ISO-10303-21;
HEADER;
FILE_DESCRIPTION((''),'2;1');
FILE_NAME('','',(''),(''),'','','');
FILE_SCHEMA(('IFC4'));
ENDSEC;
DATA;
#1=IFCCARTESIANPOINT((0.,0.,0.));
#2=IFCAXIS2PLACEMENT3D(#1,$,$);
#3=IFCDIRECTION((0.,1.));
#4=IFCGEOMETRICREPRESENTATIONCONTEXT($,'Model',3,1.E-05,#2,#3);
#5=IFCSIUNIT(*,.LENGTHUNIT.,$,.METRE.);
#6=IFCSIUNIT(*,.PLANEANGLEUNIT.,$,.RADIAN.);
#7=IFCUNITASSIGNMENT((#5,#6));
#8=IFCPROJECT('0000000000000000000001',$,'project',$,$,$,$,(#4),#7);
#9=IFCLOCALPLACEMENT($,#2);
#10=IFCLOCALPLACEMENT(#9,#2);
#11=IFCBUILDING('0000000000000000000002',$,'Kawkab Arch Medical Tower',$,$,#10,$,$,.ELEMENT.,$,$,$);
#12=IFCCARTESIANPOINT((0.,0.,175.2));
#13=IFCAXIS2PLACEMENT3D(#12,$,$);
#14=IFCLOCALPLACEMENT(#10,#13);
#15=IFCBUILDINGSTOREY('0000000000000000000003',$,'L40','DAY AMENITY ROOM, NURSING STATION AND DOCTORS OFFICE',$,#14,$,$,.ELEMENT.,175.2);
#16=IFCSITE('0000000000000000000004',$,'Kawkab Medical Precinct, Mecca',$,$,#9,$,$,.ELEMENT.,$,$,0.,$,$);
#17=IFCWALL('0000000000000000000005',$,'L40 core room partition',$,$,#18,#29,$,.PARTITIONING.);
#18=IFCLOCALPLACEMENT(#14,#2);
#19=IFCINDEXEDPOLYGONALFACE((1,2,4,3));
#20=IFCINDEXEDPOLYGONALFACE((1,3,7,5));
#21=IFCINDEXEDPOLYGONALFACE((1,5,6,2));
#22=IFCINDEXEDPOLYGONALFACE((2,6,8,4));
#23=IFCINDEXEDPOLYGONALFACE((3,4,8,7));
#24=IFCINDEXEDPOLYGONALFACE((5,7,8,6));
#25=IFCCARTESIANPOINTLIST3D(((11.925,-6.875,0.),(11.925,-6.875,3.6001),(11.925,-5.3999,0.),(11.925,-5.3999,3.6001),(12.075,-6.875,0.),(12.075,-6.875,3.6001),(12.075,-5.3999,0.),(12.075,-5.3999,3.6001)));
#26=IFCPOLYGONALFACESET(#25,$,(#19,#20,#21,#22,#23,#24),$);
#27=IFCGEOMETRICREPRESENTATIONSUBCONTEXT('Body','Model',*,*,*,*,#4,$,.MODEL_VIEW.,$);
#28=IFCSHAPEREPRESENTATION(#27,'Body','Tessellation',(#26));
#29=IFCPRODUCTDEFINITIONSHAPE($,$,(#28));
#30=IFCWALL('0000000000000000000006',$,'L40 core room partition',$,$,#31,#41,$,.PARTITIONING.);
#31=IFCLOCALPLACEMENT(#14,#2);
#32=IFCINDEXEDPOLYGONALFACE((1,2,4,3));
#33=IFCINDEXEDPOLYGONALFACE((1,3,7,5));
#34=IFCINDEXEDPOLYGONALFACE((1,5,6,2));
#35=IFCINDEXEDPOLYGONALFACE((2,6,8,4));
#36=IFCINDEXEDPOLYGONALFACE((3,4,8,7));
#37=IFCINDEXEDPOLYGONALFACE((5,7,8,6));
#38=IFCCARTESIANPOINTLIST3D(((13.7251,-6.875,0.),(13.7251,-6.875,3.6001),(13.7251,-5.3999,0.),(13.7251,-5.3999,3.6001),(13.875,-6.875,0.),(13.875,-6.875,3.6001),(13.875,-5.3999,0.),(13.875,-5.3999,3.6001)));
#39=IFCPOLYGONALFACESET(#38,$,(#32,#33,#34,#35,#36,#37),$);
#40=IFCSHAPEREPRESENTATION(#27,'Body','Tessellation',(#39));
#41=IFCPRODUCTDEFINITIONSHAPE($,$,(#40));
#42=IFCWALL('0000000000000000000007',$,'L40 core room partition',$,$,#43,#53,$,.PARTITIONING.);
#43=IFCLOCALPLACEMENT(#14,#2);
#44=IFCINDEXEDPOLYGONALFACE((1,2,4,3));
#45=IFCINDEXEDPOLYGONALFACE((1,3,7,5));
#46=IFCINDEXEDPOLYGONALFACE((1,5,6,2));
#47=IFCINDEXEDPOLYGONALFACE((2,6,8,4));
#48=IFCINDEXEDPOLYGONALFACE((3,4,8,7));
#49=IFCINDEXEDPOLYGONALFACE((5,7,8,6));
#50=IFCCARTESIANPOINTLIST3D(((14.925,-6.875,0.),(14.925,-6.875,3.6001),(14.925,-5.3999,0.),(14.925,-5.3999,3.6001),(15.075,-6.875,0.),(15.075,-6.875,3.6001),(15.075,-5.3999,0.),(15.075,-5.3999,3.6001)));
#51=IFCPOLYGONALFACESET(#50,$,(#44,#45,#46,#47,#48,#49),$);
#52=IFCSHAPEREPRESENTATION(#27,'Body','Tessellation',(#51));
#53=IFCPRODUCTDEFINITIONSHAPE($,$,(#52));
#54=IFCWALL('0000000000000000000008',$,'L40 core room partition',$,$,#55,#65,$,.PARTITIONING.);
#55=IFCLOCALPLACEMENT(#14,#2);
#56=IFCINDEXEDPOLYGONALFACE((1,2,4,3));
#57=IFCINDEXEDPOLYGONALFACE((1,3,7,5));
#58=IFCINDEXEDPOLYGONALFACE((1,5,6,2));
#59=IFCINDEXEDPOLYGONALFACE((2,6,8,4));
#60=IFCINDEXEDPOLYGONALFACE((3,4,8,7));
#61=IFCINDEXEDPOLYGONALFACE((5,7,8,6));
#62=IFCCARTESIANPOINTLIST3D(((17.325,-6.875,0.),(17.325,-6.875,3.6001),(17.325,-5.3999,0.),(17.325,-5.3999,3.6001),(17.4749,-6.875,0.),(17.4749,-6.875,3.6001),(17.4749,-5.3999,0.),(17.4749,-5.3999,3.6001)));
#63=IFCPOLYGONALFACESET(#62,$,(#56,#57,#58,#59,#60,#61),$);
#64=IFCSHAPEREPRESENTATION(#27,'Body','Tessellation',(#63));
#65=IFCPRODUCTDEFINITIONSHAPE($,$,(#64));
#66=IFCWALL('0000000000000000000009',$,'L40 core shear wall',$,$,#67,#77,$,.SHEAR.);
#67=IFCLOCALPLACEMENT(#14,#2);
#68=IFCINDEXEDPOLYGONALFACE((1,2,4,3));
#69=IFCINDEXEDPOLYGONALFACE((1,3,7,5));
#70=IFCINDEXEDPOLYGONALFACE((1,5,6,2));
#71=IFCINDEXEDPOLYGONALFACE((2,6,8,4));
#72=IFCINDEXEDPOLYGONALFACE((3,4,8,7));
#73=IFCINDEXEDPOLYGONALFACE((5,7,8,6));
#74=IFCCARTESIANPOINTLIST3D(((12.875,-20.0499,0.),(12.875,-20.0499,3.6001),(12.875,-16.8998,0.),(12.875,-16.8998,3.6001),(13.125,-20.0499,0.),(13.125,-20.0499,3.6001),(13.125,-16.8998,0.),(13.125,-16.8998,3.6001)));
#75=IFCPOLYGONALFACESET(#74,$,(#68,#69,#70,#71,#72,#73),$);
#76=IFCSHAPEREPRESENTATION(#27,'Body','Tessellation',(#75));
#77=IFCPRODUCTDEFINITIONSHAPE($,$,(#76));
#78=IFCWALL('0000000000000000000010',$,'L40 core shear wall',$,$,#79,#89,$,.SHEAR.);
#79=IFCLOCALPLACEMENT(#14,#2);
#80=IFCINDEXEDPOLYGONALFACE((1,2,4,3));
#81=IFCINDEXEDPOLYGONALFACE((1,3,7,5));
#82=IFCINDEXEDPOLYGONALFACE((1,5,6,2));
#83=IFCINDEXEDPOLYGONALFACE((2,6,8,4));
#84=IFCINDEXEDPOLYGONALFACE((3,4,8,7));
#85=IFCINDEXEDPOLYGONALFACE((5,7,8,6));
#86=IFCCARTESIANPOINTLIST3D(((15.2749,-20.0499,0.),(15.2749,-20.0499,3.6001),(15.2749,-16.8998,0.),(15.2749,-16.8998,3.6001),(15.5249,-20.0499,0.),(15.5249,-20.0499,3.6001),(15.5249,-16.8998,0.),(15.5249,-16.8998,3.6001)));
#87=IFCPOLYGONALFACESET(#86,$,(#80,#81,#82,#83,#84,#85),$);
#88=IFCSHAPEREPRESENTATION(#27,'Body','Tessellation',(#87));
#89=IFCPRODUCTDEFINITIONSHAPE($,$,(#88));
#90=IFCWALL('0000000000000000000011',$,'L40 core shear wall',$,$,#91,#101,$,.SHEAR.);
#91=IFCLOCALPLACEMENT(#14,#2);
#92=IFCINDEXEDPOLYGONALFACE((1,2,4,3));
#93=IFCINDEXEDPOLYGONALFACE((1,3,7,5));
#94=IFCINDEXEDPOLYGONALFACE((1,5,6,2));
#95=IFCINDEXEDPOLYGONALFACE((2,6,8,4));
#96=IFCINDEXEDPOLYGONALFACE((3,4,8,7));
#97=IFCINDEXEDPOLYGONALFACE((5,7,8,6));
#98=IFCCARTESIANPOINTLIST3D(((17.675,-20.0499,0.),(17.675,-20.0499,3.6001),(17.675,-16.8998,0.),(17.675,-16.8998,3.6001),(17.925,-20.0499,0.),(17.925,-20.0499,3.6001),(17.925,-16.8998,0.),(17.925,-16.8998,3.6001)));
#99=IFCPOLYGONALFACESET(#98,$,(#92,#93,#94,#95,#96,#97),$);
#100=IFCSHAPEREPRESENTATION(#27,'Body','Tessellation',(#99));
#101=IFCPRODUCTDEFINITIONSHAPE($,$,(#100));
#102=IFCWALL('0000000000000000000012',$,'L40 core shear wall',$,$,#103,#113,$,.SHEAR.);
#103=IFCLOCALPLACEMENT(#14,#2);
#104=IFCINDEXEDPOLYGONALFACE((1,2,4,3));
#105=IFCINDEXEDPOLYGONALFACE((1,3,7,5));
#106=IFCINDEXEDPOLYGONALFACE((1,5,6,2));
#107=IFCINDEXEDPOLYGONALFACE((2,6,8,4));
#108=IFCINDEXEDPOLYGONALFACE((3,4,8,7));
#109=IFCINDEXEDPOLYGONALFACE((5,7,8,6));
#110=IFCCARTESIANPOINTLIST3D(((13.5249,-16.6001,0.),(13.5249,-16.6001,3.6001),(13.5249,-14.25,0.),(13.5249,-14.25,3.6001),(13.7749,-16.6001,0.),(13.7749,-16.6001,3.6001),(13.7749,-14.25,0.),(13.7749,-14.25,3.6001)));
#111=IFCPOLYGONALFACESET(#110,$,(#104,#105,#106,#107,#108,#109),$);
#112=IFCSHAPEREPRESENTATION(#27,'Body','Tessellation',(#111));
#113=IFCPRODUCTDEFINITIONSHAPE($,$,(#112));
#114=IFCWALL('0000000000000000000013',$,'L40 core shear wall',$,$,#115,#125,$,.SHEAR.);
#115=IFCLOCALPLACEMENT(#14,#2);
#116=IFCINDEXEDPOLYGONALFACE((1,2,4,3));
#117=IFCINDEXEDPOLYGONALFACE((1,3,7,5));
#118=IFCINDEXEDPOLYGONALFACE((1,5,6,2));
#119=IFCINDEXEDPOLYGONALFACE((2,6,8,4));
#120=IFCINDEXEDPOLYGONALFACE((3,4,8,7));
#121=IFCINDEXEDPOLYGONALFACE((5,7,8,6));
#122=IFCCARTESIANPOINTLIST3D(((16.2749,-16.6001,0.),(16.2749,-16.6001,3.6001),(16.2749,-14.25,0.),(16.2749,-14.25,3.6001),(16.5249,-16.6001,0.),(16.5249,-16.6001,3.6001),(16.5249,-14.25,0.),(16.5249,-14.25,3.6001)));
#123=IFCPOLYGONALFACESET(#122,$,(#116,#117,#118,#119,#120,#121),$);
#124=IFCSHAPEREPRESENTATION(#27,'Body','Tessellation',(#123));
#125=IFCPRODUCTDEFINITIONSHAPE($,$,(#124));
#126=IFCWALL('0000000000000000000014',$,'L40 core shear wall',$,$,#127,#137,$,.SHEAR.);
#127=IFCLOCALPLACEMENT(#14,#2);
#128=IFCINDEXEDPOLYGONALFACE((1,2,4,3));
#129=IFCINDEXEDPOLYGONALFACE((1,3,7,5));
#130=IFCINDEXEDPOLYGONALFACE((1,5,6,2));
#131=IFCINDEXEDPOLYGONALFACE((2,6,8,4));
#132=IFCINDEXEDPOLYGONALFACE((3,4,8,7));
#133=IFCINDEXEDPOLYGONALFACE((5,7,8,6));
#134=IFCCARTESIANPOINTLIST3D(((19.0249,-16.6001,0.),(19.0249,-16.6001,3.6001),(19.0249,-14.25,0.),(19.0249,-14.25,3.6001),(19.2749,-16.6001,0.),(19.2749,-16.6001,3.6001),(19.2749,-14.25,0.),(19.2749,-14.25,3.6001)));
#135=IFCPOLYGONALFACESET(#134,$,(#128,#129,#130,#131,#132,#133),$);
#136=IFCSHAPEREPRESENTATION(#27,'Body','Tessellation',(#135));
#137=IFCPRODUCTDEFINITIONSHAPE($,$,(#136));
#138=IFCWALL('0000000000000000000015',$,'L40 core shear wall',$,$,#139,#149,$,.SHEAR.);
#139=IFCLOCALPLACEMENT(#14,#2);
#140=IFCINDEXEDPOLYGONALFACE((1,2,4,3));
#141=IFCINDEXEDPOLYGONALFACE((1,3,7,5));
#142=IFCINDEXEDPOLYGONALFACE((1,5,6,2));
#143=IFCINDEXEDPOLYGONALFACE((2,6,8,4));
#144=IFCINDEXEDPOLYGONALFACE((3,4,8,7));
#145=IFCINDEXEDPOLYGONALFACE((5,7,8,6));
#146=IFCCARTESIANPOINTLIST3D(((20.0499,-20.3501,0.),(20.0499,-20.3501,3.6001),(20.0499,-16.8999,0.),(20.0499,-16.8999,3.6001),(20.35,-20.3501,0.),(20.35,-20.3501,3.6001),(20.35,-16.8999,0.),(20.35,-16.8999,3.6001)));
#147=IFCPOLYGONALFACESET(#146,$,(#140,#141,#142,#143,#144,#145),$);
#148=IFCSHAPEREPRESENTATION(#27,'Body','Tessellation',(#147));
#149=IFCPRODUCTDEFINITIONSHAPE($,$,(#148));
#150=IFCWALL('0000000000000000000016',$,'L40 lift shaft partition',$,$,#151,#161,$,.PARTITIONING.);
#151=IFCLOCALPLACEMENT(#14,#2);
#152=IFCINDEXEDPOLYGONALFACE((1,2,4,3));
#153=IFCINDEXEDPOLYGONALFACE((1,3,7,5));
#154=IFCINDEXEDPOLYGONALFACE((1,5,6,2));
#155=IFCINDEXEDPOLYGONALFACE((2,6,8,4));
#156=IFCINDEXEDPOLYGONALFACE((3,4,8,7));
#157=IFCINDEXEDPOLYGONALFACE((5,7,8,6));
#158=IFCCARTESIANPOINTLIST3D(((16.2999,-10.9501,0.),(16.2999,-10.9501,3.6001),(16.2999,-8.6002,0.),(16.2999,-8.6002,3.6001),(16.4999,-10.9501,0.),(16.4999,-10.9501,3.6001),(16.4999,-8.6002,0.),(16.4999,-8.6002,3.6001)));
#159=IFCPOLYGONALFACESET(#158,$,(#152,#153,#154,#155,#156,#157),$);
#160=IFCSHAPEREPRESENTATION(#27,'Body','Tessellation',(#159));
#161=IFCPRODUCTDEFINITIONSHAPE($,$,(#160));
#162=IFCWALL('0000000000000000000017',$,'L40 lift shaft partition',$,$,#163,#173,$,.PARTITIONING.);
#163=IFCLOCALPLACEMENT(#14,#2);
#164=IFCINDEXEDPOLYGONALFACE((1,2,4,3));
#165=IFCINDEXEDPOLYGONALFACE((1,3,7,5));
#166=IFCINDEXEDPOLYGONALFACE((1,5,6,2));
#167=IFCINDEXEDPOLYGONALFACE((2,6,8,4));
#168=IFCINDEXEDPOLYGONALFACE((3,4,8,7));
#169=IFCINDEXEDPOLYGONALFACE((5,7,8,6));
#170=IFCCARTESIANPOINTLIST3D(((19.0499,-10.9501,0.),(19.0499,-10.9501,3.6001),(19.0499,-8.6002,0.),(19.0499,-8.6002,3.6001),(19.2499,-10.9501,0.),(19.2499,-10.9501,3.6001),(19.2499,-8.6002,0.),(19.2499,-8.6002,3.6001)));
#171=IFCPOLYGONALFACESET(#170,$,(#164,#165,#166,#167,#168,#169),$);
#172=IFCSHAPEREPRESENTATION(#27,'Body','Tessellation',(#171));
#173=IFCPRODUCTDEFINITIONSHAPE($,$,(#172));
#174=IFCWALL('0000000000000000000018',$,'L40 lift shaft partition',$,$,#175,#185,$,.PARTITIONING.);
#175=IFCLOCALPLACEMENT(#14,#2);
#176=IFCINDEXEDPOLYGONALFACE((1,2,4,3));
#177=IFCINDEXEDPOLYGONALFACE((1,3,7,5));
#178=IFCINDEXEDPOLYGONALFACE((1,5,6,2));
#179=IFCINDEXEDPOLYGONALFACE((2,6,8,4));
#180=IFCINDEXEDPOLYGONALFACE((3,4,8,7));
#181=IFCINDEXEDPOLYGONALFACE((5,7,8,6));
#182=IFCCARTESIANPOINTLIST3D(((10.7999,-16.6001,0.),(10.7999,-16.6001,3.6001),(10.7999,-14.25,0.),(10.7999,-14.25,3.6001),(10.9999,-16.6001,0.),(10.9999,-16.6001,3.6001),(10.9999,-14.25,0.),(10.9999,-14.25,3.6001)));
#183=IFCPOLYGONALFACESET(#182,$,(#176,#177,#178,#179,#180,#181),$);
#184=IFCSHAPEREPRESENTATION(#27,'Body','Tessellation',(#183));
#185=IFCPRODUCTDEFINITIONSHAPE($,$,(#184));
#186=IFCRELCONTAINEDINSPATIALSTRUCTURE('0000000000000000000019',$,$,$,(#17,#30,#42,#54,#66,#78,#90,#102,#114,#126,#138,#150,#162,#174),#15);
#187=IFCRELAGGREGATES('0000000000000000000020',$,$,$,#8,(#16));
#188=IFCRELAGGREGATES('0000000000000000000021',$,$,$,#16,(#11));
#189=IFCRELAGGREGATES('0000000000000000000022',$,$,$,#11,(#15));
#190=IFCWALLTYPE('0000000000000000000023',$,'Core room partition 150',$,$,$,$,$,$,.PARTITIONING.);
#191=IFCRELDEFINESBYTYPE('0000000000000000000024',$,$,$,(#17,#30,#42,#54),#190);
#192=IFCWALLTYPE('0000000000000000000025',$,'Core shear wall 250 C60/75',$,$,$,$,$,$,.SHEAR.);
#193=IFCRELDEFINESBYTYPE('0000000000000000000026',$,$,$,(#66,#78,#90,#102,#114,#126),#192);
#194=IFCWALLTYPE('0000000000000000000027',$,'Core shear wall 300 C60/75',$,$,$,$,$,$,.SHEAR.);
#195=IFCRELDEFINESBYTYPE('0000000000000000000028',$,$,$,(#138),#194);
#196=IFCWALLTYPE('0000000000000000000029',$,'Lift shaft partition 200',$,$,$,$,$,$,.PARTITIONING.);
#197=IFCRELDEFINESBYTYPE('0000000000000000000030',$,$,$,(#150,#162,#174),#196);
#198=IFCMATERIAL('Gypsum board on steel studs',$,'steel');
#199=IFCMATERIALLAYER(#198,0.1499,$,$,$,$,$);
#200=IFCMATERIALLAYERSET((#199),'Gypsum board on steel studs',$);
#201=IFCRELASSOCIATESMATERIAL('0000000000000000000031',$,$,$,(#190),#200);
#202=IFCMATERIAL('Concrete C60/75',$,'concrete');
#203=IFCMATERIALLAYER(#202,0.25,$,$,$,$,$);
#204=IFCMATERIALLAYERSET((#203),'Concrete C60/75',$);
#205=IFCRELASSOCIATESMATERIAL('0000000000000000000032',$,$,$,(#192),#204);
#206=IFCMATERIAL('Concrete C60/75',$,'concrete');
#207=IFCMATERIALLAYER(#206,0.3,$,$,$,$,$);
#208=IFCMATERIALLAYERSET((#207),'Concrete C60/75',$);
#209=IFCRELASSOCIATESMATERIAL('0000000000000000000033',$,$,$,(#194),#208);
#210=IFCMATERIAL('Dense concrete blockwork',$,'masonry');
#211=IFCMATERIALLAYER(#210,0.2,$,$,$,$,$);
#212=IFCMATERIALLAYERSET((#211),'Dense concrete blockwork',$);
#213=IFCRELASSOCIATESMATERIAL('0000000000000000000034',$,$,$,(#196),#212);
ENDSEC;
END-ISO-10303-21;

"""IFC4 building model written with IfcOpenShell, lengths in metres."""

from ifc_helpers import new_model, si_unit, direction, frame, frame_2d, origin, place, context, subcontext, project, spatial, rectangle, extrude, material, layer, layer_set, type_object, element, save


model = new_model("IFC4")

# Units and contexts
model_context = context("Model", 3, precision=1e-05, world=origin(), true_north=direction((0.0, 1.0)))
body_context = subcontext(model_context, "Body", "Model", "MODEL_VIEW")
ifc_project = project(units=[si_unit("LENGTHUNIT", "METRE"), si_unit("PLANEANGLEUNIT", "RADIAN")], contexts=[model_context])

# Site, building, storey
site_placement = place(None, origin())
site = spatial("IfcSite", under=ifc_project, at=site_placement, Name="Kawkab Medical Precinct, Mecca", CompositionType="ELEMENT", RefElevation=0.0)
building_placement = place(site_placement, origin())
building = spatial("IfcBuilding", under=site, at=building_placement, Name="Kawkab Arch Medical Tower", CompositionType="ELEMENT")
storey_placement = place(building_placement, frame((0.0, 0.0, 175.2)))
storey = spatial("IfcBuildingStorey", under=building, at=storey_placement, Name="L40", Description="DAY AMENITY ROOM, NURSING STATION AND DOCTORS OFFICE", CompositionType="ELEMENT", Elevation=175.2)

# Walls
ifc_material_1 = material(Name="Gypsum board on steel studs", Category="steel")
ifc_layer_1 = layer(ifc_material_1, 0.1499)
ifc_layer_set_1 = layer_set([ifc_layer_1], Name="Gypsum board on steel studs")
wall_type_1 = type_object("IfcWallType", Name="Core room partition 150", PredefinedType="PARTITIONING", material=ifc_layer_set_1)
for number, where, z_axis, x_axis, name in (
    (1, (12.0, -6.875, 0.0), (0.0, 0.0, 1.0), (0.0, 1.0, 0.0), "L40 core room partition"),
    (2, (13.8, -6.875, 0.0), (0.0, 0.0, 1.0), (0.0, 1.0, 0.0), "L40 core room partition"),
    (3, (15.0, -6.875, 0.0), (0.0, 0.0, 1.0), (0.0, 1.0, 0.0), "L40 core room partition"),
    (4, (17.3999, -6.875, 0.0), (0.0, 0.0, 1.0), (0.0, 1.0, 0.0), "L40 core room partition"),
):
    element("IfcWall", number, at=place(storey_placement, frame(where, z_axis=z_axis, x_axis=x_axis)), inside=storey, type_object=wall_type_1, Name=name, PredefinedType="PARTITIONING", context=body_context, shape_type="SweptSolid", body=[
        extrude(rectangle(XDim=1.4751, YDim=0.1499, at=frame_2d((0.7375, 0.0))), origin(), (0.0, 0.0, 1.0), 3.6001),
    ])
ifc_material_2 = material(Name="Concrete C60/75", Category="concrete")
ifc_layer_2 = layer(ifc_material_2, 0.25)
ifc_layer_set_2 = layer_set([ifc_layer_2], Name="Concrete C60/75")
wall_type_2 = type_object("IfcWallType", Name="Core shear wall 250 C60/75", PredefinedType="SHEAR", material=ifc_layer_set_2)
for number, where, z_axis, x_axis, name in (
    (5, (13.0, -20.05, 0.0), (0.0, 0.0, 1.0), (0.0, 1.0, 0.0), "L40 core shear wall"),
    (6, (15.3999, -20.05, 0.0), (0.0, 0.0, 1.0), (0.0, 1.0, 0.0), "L40 core shear wall"),
    (7, (17.8, -20.05, 0.0), (0.0, 0.0, 1.0), (0.0, 1.0, 0.0), "L40 core shear wall"),
):
    element("IfcWall", number, at=place(storey_placement, frame(where, z_axis=z_axis, x_axis=x_axis)), inside=storey, type_object=wall_type_2, Name=name, PredefinedType="SHEAR", context=body_context, shape_type="SweptSolid", body=[
        extrude(rectangle(XDim=3.1501, YDim=0.25, at=frame_2d((1.5752, 0.0))), origin(), (0.0, 0.0, 1.0), 3.6001),
    ])
for number, where, z_axis, x_axis, name in (
    (8, (13.6499, -16.6001, 0.0), (0.0, 0.0, 1.0), (0.0, 1.0, 0.0), "L40 core shear wall"),
    (9, (16.3999, -16.6001, 0.0), (0.0, 0.0, 1.0), (0.0, 1.0, 0.0), "L40 core shear wall"),
    (10, (19.1499, -16.6001, 0.0), (0.0, 0.0, 1.0), (0.0, 1.0, 0.0), "L40 core shear wall"),
):
    element("IfcWall", number, at=place(storey_placement, frame(where, z_axis=z_axis, x_axis=x_axis)), inside=storey, type_object=wall_type_2, Name=name, PredefinedType="SHEAR", context=body_context, shape_type="SweptSolid", body=[
        extrude(rectangle(XDim=2.3501, YDim=0.25, at=frame_2d((1.175, 0.0))), origin(), (0.0, 0.0, 1.0), 3.6001),
    ])
ifc_material_3 = material(Name="Concrete C60/75", Category="concrete")
ifc_layer_3 = layer(ifc_material_3, 0.3)
ifc_layer_set_3 = layer_set([ifc_layer_3], Name="Concrete C60/75")
wall_type_3 = type_object("IfcWallType", Name="Core shear wall 300 C60/75", PredefinedType="SHEAR", material=ifc_layer_set_3)
wall_1_placement = place(storey_placement, frame((20.2, -20.3501, 0.0), z_axis=(0.0, 0.0, 1.0), x_axis=(0.0, 1.0, 0.0)))
element("IfcWall", 11, at=wall_1_placement, inside=storey, type_object=wall_type_3, Name="L40 core shear wall", PredefinedType="SHEAR", context=body_context, shape_type="SweptSolid", body=[
    extrude(rectangle(XDim=3.4502, YDim=0.3, at=frame_2d((1.7251, 0.0))), origin(), (0.0, 0.0, 1.0), 3.6001),
])
ifc_material_4 = material(Name="Dense concrete blockwork", Category="masonry")
ifc_layer_4 = layer(ifc_material_4, 0.2)
ifc_layer_set_4 = layer_set([ifc_layer_4], Name="Dense concrete blockwork")
wall_type_4 = type_object("IfcWallType", Name="Lift shaft partition 200", PredefinedType="PARTITIONING", material=ifc_layer_set_4)
for number, where, z_axis, x_axis, name in (
    (12, (16.3999, -10.95, 0.0), (0.0, 0.0, 1.0), (0.0, 1.0, 0.0), "L40 lift shaft partition"),
    (13, (19.1499, -10.95, 0.0), (0.0, 0.0, 1.0), (0.0, 1.0, 0.0), "L40 lift shaft partition"),
):
    element("IfcWall", number, at=place(storey_placement, frame(where, z_axis=z_axis, x_axis=x_axis)), inside=storey, type_object=wall_type_4, Name=name, PredefinedType="PARTITIONING", context=body_context, shape_type="SweptSolid", body=[
        extrude(rectangle(XDim=2.3499, YDim=0.2, at=frame_2d((1.1748, 0.0))), origin(), (0.0, 0.0, 1.0), 3.6001),
    ])
wall_2_placement = place(storey_placement, frame((10.8999, -16.6001, 0.0), z_axis=(0.0, 0.0, 1.0), x_axis=(0.0, 1.0, 0.0)))
element("IfcWall", 14, at=wall_2_placement, inside=storey, type_object=wall_type_4, Name="L40 lift shaft partition", PredefinedType="PARTITIONING", context=body_context, shape_type="SweptSolid", body=[
    extrude(rectangle(XDim=2.3501, YDim=0.2, at=frame_2d((1.175, 0.0))), origin(), (0.0, 0.0, 1.0), 3.6001),
])

save(model, "model.ifc")
